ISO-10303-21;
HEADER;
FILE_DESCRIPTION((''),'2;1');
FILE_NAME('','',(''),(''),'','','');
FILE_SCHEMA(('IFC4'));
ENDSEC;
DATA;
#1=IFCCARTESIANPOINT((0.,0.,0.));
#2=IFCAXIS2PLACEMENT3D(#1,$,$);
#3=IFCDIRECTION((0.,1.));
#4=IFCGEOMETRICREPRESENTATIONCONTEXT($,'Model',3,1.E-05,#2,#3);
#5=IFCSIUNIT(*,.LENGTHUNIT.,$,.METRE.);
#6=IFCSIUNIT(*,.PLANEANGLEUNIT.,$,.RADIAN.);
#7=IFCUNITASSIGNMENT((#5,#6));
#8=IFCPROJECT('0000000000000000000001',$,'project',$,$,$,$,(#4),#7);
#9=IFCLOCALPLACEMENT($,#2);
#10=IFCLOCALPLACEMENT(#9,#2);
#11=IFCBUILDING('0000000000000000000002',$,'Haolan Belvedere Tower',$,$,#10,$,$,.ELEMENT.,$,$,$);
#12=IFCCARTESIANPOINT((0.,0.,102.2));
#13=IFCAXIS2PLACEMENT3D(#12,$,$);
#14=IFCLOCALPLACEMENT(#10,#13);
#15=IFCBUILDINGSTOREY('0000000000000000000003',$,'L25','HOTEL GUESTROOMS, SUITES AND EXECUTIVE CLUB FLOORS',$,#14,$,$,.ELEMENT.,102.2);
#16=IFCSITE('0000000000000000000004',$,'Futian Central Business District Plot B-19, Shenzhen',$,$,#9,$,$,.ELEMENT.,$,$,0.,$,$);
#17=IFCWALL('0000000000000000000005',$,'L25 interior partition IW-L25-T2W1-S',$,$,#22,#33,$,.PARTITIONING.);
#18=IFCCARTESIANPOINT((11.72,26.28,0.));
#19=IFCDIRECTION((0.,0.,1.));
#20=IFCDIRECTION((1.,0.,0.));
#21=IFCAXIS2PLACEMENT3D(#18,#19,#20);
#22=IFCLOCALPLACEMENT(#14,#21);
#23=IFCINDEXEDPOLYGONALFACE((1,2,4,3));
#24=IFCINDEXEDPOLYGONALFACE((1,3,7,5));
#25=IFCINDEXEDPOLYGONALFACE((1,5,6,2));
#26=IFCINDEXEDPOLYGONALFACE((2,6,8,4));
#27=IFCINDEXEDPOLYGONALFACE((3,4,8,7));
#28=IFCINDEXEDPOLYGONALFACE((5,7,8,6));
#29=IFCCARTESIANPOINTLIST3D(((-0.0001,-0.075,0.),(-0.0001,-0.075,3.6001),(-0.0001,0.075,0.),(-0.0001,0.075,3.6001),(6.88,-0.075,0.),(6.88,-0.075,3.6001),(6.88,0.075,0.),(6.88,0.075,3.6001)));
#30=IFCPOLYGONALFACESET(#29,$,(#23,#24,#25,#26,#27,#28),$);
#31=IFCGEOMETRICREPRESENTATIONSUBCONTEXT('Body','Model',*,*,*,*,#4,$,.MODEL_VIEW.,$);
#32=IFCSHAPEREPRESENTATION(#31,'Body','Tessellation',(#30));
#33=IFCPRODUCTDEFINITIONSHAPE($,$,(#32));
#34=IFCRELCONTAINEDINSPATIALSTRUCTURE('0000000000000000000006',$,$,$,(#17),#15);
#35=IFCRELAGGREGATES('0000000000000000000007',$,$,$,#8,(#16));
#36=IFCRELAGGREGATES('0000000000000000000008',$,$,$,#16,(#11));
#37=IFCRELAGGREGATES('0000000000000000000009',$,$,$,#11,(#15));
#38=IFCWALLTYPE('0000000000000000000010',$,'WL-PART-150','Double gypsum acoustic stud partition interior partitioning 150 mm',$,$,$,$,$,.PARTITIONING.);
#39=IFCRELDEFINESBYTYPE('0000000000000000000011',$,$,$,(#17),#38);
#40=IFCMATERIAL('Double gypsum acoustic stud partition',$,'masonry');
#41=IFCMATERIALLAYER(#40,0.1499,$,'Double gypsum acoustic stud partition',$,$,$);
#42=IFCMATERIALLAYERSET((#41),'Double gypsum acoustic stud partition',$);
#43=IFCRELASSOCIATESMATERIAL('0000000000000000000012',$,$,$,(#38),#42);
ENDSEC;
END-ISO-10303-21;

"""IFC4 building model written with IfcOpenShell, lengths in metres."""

from ifc_helpers import new_model, si_unit, direction, frame, frame_2d, origin, place, context, subcontext, project, spatial, rectangle, extrude, material, layer, layer_set, type_object, element, save


model = new_model("IFC4")

# Units and contexts
model_context = context("Model", 3, precision=1e-05, world=origin(), true_north=direction((0.0, 1.0)))
body_context = subcontext(model_context, "Body", "Model", "MODEL_VIEW")
ifc_project = project(units=[si_unit("LENGTHUNIT", "METRE"), si_unit("PLANEANGLEUNIT", "RADIAN")], contexts=[model_context])

# Site, building, storey
site_placement = place(None, origin())
site = spatial("IfcSite", under=ifc_project, at=site_placement, Name="Futian Central Business District Plot B-19, Shenzhen", CompositionType="ELEMENT", RefElevation=0.0)
building_placement = place(site_placement, origin())
building = spatial("IfcBuilding", under=site, at=building_placement, Name="Haolan Belvedere Tower", CompositionType="ELEMENT")
storey_placement = place(building_placement, frame((0.0, 0.0, 102.2)))
storey = spatial("IfcBuildingStorey", under=building, at=storey_placement, Name="L25", Description="HOTEL GUESTROOMS, SUITES AND EXECUTIVE CLUB FLOORS", CompositionType="ELEMENT", Elevation=102.2)

# Wall
ifc_material_1 = material(Name="Double gypsum acoustic stud partition", Category="masonry")
ifc_layer_1 = layer(ifc_material_1, 0.1499, Name="Double gypsum acoustic stud partition")
ifc_layer_set_1 = layer_set([ifc_layer_1], Name="Double gypsum acoustic stud partition")
wall_type_1 = type_object("IfcWallType", Name="WL-PART-150", Description="Double gypsum acoustic stud partition interior partitioning 150 mm", PredefinedType="PARTITIONING", material=ifc_layer_set_1)
wall_1_placement = place(storey_placement, frame((11.72, 26.28, 0.0), z_axis=(0.0, 0.0, 1.0), x_axis=(1.0, 0.0, 0.0)))
element("IfcWall", 1, at=wall_1_placement, inside=storey, type_object=wall_type_1, Name="L25 interior partition IW-L25-T2W1-S", PredefinedType="PARTITIONING", context=body_context, shape_type="SweptSolid", body=[
    extrude(rectangle(XDim=6.8801, YDim=0.1499, at=frame_2d((3.4399, 0.0))), origin(), (0.0, 0.0, 1.0), 3.6001),
])

save(model, "model.ifc")
